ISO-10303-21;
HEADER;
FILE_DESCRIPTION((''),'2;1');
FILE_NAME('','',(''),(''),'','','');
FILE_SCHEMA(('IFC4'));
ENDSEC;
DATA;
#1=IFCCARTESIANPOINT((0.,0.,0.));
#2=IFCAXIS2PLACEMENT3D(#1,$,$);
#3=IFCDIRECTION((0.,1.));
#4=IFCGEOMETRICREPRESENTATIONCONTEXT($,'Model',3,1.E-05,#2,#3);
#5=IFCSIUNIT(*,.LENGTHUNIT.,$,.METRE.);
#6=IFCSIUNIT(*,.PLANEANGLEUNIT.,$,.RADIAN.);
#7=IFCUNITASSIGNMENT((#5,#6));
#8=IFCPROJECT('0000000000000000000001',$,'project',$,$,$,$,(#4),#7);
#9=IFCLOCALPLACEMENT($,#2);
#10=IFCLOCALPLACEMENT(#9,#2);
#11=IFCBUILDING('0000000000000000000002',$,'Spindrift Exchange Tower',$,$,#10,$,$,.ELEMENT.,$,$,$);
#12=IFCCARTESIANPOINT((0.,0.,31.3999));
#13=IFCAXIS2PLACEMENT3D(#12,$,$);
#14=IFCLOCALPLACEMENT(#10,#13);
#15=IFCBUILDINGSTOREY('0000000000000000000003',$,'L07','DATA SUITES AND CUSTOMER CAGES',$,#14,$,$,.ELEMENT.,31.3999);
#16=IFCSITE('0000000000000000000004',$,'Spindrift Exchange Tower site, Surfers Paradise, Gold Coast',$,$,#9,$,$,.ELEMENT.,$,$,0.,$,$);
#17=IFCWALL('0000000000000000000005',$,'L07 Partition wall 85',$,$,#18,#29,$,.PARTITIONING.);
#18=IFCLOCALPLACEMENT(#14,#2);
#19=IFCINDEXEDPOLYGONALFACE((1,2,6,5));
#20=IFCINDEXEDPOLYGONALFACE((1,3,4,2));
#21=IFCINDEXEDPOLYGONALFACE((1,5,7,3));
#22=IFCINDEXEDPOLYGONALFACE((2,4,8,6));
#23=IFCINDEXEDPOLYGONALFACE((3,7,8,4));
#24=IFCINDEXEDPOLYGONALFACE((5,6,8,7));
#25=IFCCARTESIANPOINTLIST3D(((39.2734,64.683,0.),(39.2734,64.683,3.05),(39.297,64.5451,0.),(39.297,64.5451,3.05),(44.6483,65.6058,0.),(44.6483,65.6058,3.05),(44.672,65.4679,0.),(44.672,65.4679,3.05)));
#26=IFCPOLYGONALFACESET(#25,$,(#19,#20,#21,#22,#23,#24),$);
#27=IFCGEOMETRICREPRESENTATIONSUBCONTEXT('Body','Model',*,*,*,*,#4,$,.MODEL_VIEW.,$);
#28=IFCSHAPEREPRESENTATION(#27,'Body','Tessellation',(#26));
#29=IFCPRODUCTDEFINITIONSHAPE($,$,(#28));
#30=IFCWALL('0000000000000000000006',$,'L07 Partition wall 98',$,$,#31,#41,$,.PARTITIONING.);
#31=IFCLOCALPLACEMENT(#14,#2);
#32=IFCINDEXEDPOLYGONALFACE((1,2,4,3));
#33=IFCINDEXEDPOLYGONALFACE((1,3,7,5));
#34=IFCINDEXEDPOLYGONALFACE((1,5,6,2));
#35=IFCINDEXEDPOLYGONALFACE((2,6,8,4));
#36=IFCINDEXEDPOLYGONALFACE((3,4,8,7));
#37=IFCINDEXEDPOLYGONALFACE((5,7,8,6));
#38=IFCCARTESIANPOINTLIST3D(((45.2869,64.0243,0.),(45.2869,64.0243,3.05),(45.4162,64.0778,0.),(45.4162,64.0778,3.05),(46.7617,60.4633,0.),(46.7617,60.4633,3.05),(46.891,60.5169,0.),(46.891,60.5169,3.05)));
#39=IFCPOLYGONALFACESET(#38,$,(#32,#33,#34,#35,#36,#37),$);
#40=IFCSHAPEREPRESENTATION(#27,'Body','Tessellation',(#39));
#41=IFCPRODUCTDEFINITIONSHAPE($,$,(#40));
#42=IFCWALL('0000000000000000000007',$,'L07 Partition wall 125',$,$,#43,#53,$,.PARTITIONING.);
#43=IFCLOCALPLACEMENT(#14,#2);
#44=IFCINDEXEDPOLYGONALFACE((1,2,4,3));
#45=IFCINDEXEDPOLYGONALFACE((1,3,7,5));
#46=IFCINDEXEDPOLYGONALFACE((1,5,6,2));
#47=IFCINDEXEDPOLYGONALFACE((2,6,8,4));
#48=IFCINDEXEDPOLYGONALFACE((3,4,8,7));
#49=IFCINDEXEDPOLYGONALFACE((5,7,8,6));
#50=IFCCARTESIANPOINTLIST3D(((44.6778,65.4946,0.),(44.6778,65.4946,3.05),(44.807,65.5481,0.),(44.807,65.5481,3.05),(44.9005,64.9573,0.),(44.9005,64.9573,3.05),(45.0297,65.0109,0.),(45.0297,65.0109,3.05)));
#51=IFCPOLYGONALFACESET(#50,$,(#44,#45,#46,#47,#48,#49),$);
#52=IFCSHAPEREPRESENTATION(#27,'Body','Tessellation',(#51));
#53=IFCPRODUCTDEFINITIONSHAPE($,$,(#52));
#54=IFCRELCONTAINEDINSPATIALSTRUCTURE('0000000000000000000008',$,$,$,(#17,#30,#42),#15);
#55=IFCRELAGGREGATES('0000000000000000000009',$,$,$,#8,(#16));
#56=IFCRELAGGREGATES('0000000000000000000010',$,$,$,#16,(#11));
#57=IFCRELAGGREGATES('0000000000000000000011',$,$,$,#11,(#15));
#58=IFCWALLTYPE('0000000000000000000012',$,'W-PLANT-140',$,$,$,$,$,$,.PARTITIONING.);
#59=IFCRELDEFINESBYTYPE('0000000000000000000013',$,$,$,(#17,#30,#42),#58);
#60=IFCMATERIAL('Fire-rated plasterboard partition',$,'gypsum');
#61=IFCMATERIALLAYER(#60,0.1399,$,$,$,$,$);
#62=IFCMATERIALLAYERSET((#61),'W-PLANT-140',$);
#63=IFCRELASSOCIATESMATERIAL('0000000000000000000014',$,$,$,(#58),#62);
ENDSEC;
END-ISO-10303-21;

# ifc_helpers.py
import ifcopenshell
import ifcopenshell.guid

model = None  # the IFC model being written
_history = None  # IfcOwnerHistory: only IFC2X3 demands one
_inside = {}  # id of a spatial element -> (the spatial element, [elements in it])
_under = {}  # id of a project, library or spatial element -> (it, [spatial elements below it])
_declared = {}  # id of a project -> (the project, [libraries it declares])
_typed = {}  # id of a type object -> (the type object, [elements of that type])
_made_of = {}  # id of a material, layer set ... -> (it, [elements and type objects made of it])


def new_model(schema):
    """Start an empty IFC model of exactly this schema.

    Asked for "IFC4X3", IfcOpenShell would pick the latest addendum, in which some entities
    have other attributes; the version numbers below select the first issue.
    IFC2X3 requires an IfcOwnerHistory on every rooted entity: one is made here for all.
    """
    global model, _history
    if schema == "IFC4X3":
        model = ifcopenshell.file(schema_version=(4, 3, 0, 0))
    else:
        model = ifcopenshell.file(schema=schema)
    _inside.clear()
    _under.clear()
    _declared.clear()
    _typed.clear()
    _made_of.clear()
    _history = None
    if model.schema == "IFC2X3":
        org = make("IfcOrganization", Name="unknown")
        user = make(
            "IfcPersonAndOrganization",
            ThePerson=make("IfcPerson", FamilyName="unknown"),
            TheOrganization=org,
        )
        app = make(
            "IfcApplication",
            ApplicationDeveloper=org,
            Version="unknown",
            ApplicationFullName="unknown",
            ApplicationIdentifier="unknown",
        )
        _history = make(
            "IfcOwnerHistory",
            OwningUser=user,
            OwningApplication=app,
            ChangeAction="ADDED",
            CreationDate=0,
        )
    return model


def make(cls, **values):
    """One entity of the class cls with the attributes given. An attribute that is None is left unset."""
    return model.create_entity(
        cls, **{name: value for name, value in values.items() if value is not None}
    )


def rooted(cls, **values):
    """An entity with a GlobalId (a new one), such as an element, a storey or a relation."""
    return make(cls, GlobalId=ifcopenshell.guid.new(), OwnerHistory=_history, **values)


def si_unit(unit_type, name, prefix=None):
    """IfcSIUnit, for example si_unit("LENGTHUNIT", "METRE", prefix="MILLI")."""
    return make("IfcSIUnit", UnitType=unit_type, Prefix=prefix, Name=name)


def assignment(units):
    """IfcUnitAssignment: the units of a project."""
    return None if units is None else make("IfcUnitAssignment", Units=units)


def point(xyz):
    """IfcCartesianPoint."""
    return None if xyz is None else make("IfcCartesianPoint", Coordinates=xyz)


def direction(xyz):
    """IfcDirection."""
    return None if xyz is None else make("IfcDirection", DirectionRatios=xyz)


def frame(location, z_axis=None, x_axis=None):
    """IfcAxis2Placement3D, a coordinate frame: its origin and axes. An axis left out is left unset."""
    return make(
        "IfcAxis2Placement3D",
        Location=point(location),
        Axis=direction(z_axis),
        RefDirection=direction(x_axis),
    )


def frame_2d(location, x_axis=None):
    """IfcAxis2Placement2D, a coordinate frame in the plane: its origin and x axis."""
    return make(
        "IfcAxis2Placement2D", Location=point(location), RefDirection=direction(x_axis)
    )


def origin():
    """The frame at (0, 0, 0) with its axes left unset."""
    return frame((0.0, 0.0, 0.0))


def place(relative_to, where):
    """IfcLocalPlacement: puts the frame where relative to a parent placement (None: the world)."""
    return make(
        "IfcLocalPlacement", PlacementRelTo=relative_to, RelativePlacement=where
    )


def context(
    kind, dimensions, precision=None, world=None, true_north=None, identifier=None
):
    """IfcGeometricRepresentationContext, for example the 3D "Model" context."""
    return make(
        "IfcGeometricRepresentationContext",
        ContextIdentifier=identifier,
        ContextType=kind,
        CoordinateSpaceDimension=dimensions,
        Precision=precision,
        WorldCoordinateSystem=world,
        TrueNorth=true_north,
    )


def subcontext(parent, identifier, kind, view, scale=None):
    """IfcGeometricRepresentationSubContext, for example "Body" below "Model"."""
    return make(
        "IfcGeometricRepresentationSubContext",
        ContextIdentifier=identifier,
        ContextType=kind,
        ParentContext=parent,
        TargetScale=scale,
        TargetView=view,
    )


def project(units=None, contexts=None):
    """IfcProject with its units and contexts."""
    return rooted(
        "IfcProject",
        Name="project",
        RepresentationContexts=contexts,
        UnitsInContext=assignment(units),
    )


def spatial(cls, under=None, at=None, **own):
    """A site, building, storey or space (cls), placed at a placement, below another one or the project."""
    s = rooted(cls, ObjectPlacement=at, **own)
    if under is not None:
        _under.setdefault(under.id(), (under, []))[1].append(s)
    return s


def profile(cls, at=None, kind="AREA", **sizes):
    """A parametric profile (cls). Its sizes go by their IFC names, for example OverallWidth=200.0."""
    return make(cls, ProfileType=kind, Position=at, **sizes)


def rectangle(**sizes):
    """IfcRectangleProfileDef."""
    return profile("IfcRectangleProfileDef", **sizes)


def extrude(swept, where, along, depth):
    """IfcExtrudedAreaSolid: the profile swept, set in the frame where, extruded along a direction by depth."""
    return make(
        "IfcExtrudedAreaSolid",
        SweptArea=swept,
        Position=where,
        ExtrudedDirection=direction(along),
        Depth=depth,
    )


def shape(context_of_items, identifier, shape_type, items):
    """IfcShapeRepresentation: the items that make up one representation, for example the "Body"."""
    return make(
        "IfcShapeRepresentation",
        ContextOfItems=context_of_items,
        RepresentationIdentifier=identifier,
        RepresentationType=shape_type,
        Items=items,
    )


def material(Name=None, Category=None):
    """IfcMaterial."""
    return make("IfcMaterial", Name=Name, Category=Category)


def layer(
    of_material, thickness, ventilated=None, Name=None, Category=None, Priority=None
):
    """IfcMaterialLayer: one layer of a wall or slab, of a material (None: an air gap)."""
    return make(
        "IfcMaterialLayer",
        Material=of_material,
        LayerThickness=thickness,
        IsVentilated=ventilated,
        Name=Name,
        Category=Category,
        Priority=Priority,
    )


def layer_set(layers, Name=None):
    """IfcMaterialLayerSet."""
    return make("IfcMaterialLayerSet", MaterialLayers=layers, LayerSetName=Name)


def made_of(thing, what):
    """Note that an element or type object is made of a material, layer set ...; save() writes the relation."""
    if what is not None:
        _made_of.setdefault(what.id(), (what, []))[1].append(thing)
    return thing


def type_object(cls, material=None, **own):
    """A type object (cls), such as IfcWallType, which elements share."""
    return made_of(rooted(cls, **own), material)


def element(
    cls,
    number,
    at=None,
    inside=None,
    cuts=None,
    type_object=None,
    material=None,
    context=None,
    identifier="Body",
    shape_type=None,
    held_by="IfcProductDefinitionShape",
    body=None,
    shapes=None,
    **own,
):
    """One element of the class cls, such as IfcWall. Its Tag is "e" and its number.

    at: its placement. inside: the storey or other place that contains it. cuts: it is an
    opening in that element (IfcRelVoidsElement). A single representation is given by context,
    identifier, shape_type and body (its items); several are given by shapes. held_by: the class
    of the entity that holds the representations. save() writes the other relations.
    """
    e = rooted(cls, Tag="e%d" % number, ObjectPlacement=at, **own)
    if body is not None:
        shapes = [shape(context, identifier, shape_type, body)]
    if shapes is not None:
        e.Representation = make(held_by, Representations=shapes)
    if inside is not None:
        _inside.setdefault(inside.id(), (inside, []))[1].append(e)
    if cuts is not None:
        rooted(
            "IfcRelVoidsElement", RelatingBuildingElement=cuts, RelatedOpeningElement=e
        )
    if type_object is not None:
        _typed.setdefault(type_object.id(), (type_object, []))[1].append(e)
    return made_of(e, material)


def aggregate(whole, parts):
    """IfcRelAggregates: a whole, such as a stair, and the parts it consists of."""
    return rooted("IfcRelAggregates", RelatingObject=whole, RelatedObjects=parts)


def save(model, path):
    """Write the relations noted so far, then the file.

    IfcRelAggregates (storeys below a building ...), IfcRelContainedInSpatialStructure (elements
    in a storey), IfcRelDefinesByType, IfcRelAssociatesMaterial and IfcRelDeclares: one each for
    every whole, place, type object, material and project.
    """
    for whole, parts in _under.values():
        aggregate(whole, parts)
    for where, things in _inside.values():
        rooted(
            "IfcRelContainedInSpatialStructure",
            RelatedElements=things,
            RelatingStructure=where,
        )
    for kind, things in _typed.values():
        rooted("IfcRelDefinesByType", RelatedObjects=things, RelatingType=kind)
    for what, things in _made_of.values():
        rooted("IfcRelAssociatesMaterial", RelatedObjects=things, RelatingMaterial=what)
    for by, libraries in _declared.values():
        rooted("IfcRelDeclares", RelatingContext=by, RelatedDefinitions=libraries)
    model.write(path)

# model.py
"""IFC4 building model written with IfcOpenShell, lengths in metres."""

from ifc_helpers import new_model, si_unit, direction, frame, frame_2d, origin, place, context, subcontext, project, spatial, rectangle, extrude, material, layer, layer_set, type_object, element, save


model = new_model("IFC4")

# Units and contexts
model_context = context("Model", 3, precision=1e-05, world=origin(), true_north=direction((0.0, 1.0)))
body_context = subcontext(model_context, "Body", "Model", "MODEL_VIEW")
ifc_project = project(units=[si_unit("LENGTHUNIT", "METRE"), si_unit("PLANEANGLEUNIT", "RADIAN")], contexts=[model_context])

# Site, building, storey
site_placement = place(None, origin())
site = spatial("IfcSite", under=ifc_project, at=site_placement, Name="Spindrift Exchange Tower site, Surfers Paradise, Gold Coast", CompositionType="ELEMENT", RefElevation=0.0)
building_placement = place(site_placement, origin())
building = spatial("IfcBuilding", under=site, at=building_placement, Name="Spindrift Exchange Tower", CompositionType="ELEMENT")
storey_placement = place(building_placement, frame((0.0, 0.0, 31.3999)))
storey = spatial("IfcBuildingStorey", under=building, at=storey_placement, Name="L07", Description="DATA SUITES AND CUSTOMER CAGES", CompositionType="ELEMENT", Elevation=31.3999)

# Walls
ifc_material_1 = material(Name="Fire-rated plasterboard partition", Category="gypsum")
ifc_layer_1 = layer(ifc_material_1, 0.1399)
ifc_layer_set_1 = layer_set([ifc_layer_1], Name="W-PLANT-140")
wall_type_1 = type_object("IfcWallType", Name="W-PLANT-140", PredefinedType="PARTITIONING", material=ifc_layer_set_1)
wall_1_placement = place(storey_placement, frame((44.6602, 65.5369, 0.0), z_axis=(0.0, 0.0, 1.0), x_axis=(-0.985579, -0.169217, 0.0)))
element("IfcWall", 1, at=wall_1_placement, inside=storey, type_object=wall_type_1, Name="L07 Partition wall 85", PredefinedType="PARTITIONING", context=body_context, shape_type="SweptSolid", body=[
    extrude(rectangle(XDim=5.4536, YDim=0.1399, at=frame_2d((2.7268, 0.0))), origin(), (0.0, 0.0, 1.0), 3.05),
])
wall_2_placement = place(storey_placement, frame((46.8264, 60.49, 0.0), z_axis=(0.0, 0.0, 1.0), x_axis=(-0.382645, 0.923896, 0.0)))
element("IfcWall", 2, at=wall_2_placement, inside=storey, type_object=wall_type_1, Name="L07 Partition wall 98", PredefinedType="PARTITIONING", context=body_context, shape_type="SweptSolid", body=[
    extrude(rectangle(XDim=3.8542, YDim=0.1399, at=frame_2d((1.9272, 0.0))), origin(), (0.0, 0.0, 1.0), 3.05),
])
wall_3_placement = place(storey_placement, frame((44.9651, 64.9841, 0.0), z_axis=(0.0, 0.0, 1.0), x_axis=(-0.382945, 0.923771, 0.0)))
element("IfcWall", 3, at=wall_3_placement, inside=storey, type_object=wall_type_1, Name="L07 Partition wall 125", PredefinedType="PARTITIONING", context=body_context, shape_type="SweptSolid", body=[
    extrude(rectangle(XDim=0.5815, YDim=0.1399, at=frame_2d((0.2908, 0.0))), origin(), (0.0, 0.0, 1.0), 3.05),
])

save(model, "model.ifc")
